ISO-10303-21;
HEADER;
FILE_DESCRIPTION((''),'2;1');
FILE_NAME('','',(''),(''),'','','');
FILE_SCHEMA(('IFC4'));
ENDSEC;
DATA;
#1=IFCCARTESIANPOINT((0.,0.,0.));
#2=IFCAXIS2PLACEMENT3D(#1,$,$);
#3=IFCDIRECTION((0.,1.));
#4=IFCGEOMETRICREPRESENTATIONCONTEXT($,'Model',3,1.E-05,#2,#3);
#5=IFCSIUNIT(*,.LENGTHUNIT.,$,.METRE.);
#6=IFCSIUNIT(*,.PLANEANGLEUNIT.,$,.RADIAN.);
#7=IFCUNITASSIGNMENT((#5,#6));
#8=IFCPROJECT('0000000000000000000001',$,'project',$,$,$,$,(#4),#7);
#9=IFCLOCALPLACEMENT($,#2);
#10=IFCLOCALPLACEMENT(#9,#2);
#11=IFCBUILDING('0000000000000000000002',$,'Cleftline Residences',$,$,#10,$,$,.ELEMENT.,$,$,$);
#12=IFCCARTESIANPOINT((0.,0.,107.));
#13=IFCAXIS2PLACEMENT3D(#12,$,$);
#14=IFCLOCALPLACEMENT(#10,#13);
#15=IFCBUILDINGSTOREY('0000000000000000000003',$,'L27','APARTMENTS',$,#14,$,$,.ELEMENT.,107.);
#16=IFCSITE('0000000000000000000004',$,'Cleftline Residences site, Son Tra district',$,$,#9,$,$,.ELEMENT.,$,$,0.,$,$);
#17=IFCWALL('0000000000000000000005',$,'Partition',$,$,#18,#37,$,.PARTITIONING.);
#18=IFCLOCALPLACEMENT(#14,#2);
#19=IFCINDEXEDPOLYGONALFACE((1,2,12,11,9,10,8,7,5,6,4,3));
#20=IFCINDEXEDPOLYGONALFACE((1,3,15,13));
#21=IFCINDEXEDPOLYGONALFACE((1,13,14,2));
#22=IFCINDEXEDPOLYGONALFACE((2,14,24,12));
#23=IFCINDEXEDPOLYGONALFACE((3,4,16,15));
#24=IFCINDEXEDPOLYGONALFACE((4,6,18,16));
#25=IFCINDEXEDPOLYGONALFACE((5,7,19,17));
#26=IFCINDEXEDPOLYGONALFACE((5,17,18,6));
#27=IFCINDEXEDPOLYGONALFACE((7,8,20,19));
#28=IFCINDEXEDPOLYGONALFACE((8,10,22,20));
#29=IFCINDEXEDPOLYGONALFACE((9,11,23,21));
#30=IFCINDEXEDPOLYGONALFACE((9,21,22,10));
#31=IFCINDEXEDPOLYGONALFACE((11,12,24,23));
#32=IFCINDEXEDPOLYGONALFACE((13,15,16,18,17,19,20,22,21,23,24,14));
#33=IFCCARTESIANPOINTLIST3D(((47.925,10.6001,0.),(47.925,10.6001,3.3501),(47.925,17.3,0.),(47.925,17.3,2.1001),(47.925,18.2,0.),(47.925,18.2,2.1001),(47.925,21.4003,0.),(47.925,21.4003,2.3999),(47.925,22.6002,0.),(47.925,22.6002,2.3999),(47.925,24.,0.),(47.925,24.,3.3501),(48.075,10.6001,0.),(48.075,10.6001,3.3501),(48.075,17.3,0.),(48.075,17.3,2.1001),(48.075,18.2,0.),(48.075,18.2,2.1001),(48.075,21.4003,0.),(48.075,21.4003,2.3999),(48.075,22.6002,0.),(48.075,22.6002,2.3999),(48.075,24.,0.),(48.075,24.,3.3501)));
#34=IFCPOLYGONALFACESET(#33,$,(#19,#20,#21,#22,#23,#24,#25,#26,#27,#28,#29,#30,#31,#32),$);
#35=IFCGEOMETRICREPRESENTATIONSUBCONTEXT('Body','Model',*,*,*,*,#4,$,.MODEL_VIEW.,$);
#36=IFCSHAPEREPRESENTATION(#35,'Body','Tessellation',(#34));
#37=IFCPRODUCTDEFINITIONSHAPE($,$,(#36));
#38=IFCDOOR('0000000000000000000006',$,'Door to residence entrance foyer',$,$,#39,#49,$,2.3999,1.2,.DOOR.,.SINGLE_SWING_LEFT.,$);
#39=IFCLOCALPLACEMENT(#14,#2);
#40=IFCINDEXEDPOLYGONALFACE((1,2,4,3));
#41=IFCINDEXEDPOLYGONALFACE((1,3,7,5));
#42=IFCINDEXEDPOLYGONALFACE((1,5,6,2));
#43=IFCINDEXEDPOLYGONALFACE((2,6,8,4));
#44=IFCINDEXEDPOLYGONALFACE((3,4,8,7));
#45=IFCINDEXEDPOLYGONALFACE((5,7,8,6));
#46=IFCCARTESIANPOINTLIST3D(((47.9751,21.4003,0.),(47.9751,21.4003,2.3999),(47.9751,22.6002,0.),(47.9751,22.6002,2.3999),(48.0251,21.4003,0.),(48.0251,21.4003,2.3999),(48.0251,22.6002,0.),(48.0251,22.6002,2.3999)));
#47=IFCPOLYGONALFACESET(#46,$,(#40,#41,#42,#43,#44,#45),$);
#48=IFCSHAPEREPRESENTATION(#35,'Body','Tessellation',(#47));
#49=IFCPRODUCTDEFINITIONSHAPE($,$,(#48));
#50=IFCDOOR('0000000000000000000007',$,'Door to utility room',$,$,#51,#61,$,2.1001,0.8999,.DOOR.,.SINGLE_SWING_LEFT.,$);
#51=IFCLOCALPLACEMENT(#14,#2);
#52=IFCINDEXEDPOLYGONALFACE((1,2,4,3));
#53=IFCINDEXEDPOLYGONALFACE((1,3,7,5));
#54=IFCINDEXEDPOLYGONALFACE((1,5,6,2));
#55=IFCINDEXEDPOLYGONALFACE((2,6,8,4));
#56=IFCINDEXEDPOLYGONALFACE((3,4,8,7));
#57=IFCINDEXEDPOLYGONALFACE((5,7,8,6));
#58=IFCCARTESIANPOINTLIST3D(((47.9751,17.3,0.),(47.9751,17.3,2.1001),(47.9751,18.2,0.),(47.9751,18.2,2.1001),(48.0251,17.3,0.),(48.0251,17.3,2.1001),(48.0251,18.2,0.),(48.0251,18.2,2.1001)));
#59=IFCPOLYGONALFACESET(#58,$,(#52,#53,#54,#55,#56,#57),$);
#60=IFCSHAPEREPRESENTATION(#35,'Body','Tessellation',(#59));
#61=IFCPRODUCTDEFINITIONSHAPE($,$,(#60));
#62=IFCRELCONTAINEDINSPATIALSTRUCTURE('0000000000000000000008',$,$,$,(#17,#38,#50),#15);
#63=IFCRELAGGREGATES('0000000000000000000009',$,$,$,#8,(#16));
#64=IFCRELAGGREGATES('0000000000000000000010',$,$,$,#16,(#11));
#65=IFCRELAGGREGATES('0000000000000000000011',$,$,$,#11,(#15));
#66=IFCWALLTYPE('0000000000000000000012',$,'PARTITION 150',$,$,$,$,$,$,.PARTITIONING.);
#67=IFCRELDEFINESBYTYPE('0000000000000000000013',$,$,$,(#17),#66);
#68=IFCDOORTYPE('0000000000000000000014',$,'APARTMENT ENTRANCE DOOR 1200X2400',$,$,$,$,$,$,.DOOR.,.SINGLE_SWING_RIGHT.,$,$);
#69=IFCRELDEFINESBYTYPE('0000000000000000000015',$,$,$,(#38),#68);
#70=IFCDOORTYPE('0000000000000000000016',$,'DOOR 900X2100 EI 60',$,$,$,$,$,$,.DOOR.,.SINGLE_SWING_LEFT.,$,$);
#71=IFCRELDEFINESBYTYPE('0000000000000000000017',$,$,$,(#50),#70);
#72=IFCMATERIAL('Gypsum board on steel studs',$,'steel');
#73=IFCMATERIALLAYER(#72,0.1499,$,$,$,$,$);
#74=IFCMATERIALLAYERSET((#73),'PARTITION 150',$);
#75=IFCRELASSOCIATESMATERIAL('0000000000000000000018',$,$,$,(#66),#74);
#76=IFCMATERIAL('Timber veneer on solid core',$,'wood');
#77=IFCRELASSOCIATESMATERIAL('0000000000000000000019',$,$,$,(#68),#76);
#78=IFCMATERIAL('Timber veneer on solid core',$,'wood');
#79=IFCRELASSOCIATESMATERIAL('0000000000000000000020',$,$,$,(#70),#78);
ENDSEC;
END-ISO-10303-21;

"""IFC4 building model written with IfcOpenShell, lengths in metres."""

from ifc_helpers import new_model, si_unit, direction, frame, frame_2d, origin, place, context, subcontext, project, spatial, rectangle, extrude, material, layer, layer_set, type_object, element, fill, save


model = new_model("IFC4")

# Units and contexts
model_context = context("Model", 3, precision=1e-05, world=origin(), true_north=direction((0.0, 1.0)))
body_context = subcontext(model_context, "Body", "Model", "MODEL_VIEW")
ifc_project = project(units=[si_unit("LENGTHUNIT", "METRE"), si_unit("PLANEANGLEUNIT", "RADIAN")], contexts=[model_context])

# Site, building, storey
site_placement = place(None, origin())
site = spatial("IfcSite", under=ifc_project, at=site_placement, Name="Cleftline Residences site, Son Tra district", CompositionType="ELEMENT", RefElevation=0.0)
building_placement = place(site_placement, origin())
building = spatial("IfcBuilding", under=site, at=building_placement, Name="Cleftline Residences", CompositionType="ELEMENT")
storey_placement = place(building_placement, frame((0.0, 0.0, 107.0)))
storey = spatial("IfcBuildingStorey", under=building, at=storey_placement, Name="L27", Description="APARTMENTS", CompositionType="ELEMENT", Elevation=107.0)

# Shared definitions
ifc_material_1 = material(Name="Gypsum board on steel studs", Category="steel")
ifc_layer_1 = layer(ifc_material_1, 0.1499)
ifc_layer_set_1 = layer_set([ifc_layer_1], Name="PARTITION 150")
wall_type = type_object("IfcWallType", Name="PARTITION 150", PredefinedType="PARTITIONING", material=ifc_layer_set_1)

# Wall, openings, doors
wall_1_placement = place(storey_placement, frame((48.0, 10.6001, 0.0), z_axis=(0.0, 0.0, 1.0), x_axis=(0.0, 1.0, 0.0)))
wall_1 = element("IfcWall", 1, at=wall_1_placement, inside=storey, type_object=wall_type, Name="Partition", PredefinedType="PARTITIONING", context=body_context, shape_type="SweptSolid", body=[
    extrude(rectangle(XDim=13.3999, YDim=0.1499, at=frame_2d((6.7, 0.0))), origin(), (0.0, 0.0, 1.0), 3.3501),
])
opening_1_placement = place(wall_1_placement, frame((10.8, 0.0, 0.0)))
opening_1 = element("IfcOpeningElement", 2, at=opening_1_placement, cuts=wall_1, PredefinedType="OPENING", context=body_context, shape_type="SweptSolid", body=[
    extrude(rectangle(XDim=1.2, YDim=2.3999, at=frame_2d((0.6001, 1.2))), frame((0.0, 0.085, 0.0), z_axis=(0.0, -1.0, 0.0), x_axis=(1.0, 0.0, 0.0)), (0.0, 0.0, 1.0), 0.1699),
])
opening_2_placement = place(wall_1_placement, frame((6.7, 0.0, 0.0)))
opening_2 = element("IfcOpeningElement", 3, at=opening_2_placement, cuts=wall_1, PredefinedType="OPENING", context=body_context, shape_type="SweptSolid", body=[
    extrude(rectangle(XDim=0.8999, YDim=2.1001, at=frame_2d((0.45, 1.05))), frame((0.0, 0.085, 0.0), z_axis=(0.0, -1.0, 0.0), x_axis=(1.0, 0.0, 0.0)), (0.0, 0.0, 1.0), 0.1699),
])
ifc_material_2 = material(Name="Timber veneer on solid core", Category="wood")
door_type_1 = type_object("IfcDoorType", Name="APARTMENT ENTRANCE DOOR 1200X2400", OperationType="SINGLE_SWING_RIGHT", PredefinedType="DOOR", material=ifc_material_2)
door_1_placement = place(opening_1_placement, origin())
door_1 = element("IfcDoor", 4, at=door_1_placement, inside=storey, type_object=door_type_1, Name="Door to residence entrance foyer", OperationType="SINGLE_SWING_LEFT", OverallHeight=2.3999, OverallWidth=1.2, PredefinedType="DOOR", context=body_context, shape_type="SweptSolid", body=[
    extrude(rectangle(XDim=1.2, YDim=2.3999, at=frame_2d((0.6001, 1.2))), frame((0.0, 0.0249, 0.0), z_axis=(0.0, -1.0, 0.0), x_axis=(1.0, 0.0, 0.0)), (0.0, 0.0, 1.0), 0.05),
])
fill(opening_1, door_1)
ifc_material_3 = material(Name="Timber veneer on solid core", Category="wood")
door_type_2 = type_object("IfcDoorType", Name="DOOR 900X2100 EI 60", OperationType="SINGLE_SWING_LEFT", PredefinedType="DOOR", material=ifc_material_3)
door_2_placement = place(opening_2_placement, origin())
door_2 = element("IfcDoor", 5, at=door_2_placement, inside=storey, type_object=door_type_2, Name="Door to utility room", OperationType="SINGLE_SWING_LEFT", OverallHeight=2.1001, OverallWidth=0.8999, PredefinedType="DOOR", context=body_context, shape_type="SweptSolid", body=[
    extrude(rectangle(XDim=0.8999, YDim=2.1001, at=frame_2d((0.45, 1.05))), frame((0.0, 0.0249, 0.0), z_axis=(0.0, -1.0, 0.0), x_axis=(1.0, 0.0, 0.0)), (0.0, 0.0, 1.0), 0.05),
])
fill(opening_2, door_2)

save(model, "model.ifc")
